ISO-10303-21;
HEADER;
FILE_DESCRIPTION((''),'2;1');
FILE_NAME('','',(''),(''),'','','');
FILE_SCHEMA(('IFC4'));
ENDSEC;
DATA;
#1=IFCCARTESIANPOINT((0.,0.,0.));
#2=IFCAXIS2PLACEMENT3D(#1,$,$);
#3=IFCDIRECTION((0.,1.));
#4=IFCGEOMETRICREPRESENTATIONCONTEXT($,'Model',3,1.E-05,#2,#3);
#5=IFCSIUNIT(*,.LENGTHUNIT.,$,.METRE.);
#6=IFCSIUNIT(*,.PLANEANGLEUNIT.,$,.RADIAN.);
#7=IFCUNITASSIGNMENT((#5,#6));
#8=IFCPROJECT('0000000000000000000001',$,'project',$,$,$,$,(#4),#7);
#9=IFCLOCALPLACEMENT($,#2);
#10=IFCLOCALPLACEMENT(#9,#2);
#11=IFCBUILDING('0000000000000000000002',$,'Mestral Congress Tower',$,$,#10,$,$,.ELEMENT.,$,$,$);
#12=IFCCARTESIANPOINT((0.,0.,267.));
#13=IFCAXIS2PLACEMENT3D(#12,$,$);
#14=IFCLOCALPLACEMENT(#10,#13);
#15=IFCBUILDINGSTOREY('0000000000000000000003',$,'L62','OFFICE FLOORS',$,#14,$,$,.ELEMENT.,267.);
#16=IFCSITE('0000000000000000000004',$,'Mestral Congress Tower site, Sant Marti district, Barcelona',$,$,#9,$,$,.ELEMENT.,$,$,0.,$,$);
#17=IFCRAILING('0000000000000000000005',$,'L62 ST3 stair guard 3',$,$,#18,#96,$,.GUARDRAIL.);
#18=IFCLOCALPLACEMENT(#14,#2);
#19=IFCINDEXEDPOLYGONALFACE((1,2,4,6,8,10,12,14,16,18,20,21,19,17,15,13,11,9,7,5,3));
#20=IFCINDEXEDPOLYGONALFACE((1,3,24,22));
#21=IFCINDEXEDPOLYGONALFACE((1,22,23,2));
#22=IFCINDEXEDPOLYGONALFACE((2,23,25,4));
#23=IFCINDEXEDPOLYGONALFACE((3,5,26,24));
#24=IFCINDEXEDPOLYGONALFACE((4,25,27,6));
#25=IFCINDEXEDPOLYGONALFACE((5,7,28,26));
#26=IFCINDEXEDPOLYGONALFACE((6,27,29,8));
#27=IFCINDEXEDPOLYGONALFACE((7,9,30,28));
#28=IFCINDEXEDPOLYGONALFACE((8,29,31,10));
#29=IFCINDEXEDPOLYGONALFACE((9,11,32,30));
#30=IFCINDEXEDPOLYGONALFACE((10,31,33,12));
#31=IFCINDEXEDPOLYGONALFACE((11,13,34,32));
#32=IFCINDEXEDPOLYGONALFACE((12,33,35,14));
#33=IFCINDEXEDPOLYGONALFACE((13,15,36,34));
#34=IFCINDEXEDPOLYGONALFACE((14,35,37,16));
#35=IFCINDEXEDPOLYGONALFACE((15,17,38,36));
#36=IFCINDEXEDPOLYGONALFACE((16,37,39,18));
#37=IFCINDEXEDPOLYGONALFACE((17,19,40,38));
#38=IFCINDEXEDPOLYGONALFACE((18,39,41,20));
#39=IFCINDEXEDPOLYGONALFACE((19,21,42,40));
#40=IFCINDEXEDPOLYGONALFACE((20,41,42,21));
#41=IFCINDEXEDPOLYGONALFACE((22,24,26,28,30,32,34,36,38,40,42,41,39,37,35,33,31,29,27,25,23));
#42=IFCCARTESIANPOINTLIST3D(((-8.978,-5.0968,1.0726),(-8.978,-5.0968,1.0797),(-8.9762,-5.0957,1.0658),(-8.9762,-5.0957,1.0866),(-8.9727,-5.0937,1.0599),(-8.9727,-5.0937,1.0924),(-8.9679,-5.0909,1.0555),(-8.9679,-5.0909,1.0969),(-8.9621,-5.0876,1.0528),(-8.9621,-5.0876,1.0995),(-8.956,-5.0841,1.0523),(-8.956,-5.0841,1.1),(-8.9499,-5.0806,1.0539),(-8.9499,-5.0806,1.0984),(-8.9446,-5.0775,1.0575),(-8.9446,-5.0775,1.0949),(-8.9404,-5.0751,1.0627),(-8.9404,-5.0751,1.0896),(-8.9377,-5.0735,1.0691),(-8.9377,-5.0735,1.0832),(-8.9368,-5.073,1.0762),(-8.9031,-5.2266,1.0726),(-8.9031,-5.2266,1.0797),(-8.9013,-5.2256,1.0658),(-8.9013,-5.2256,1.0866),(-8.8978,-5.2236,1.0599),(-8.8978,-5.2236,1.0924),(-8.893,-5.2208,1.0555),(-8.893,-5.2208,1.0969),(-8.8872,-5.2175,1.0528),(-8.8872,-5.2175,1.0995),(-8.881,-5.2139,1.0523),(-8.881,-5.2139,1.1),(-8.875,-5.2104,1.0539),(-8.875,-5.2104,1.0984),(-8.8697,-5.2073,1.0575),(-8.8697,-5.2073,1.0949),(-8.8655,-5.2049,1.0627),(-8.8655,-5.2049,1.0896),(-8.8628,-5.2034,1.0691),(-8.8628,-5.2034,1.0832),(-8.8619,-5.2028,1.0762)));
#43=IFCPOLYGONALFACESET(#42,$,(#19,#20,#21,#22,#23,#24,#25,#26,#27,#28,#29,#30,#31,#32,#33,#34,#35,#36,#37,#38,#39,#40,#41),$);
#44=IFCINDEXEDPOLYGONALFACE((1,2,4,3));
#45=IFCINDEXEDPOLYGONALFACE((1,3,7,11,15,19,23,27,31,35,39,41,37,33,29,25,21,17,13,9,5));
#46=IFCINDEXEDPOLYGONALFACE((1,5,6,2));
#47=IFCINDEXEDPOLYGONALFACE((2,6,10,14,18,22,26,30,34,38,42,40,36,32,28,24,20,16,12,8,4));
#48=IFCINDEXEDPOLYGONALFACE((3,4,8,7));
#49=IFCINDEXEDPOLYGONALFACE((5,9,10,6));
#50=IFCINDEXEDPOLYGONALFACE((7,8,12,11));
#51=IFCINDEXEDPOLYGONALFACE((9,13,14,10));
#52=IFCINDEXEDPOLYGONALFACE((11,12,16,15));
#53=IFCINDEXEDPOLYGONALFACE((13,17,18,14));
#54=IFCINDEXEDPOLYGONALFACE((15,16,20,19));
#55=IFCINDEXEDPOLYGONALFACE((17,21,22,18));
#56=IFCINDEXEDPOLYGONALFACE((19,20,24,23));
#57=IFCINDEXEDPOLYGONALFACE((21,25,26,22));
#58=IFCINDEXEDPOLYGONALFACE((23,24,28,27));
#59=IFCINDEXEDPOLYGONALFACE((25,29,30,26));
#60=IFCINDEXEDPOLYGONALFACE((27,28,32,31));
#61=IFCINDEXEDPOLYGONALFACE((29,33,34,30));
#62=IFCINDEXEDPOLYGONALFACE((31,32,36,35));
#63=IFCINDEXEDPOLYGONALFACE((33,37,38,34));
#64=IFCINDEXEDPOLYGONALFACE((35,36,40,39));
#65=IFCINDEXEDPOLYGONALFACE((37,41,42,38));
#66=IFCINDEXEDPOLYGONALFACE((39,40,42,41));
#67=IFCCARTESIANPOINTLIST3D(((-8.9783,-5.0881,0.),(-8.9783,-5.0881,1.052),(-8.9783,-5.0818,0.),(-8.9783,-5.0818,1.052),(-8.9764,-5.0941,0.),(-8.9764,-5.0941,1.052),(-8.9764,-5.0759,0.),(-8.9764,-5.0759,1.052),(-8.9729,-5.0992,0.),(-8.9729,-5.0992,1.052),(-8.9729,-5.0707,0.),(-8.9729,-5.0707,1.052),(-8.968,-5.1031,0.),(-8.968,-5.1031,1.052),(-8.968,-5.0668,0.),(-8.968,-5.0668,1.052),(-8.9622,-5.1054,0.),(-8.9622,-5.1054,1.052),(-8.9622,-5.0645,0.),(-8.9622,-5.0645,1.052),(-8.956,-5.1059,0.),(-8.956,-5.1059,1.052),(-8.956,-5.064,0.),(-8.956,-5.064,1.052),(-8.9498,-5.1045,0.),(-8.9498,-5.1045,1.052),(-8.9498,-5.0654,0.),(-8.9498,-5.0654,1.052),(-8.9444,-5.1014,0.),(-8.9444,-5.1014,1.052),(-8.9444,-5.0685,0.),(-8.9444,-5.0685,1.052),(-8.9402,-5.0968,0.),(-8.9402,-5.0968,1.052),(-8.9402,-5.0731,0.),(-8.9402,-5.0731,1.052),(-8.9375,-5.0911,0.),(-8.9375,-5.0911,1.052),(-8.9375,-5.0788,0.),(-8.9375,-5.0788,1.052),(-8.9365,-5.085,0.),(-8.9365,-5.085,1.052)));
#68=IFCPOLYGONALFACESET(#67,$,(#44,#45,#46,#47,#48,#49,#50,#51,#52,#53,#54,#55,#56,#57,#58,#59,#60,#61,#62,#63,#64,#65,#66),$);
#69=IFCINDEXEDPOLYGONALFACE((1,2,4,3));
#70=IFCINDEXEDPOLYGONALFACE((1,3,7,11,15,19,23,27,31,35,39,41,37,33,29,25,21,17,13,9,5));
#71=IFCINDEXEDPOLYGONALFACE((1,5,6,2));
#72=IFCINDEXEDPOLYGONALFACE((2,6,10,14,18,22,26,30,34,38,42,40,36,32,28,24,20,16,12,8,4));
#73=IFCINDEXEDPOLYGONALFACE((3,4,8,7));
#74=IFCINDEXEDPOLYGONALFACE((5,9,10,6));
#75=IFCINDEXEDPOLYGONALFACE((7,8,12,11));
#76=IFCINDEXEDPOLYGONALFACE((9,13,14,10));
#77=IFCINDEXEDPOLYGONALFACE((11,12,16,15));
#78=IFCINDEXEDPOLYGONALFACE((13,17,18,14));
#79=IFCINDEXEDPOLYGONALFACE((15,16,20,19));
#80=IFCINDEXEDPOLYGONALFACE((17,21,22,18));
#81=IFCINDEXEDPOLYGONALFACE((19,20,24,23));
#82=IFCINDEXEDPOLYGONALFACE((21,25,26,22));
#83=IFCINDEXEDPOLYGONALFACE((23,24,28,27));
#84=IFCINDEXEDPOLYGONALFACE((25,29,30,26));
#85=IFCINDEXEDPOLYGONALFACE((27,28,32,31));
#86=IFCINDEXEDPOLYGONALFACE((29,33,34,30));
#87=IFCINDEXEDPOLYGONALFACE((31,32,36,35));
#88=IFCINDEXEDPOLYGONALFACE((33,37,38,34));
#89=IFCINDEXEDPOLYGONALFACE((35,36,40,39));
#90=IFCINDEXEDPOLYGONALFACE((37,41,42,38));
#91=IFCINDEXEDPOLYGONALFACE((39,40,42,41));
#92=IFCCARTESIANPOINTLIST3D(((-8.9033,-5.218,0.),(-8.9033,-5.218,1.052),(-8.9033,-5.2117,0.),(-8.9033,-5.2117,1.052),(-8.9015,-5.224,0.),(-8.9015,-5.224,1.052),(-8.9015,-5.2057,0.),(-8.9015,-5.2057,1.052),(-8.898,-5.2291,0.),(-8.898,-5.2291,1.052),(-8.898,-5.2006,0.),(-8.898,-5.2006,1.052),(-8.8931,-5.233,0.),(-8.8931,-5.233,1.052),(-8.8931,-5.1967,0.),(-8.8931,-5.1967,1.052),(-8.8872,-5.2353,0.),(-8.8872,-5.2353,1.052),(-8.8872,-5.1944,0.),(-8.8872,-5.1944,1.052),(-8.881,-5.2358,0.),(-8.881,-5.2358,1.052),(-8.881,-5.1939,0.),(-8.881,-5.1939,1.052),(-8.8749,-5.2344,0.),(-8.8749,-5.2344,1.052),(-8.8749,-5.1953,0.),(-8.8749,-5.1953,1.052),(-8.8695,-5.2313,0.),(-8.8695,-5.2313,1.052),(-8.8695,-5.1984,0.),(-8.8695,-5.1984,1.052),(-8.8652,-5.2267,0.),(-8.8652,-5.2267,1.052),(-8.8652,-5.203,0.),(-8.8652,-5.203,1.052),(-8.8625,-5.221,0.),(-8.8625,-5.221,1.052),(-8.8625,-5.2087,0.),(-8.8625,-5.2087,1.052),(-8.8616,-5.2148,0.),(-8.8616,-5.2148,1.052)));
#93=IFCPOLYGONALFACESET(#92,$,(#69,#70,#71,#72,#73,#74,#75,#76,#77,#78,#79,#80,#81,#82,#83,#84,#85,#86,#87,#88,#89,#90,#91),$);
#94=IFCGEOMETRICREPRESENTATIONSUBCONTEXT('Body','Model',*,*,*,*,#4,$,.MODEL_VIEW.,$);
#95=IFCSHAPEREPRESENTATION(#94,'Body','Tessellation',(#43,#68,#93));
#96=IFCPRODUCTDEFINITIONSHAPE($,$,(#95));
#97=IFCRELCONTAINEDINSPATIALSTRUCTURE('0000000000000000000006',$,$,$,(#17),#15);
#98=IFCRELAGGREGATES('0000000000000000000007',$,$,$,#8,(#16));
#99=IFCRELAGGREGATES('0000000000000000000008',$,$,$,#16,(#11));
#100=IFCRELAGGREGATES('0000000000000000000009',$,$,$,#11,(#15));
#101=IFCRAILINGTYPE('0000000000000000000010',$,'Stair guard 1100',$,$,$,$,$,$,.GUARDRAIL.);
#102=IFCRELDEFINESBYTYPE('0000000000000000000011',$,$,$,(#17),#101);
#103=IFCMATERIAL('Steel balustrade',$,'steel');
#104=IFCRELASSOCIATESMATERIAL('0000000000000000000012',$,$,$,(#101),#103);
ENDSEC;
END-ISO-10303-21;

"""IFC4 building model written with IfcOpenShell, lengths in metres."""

from ifc_helpers import new_model, si_unit, direction, frame, origin, origin_2d, place, context, subcontext, project, spatial, circle, extrude, material, type_object, element, save


model = new_model("IFC4")

# Units and contexts
model_context = context("Model", 3, precision=1e-05, world=origin(), true_north=direction((0.0, 1.0)))
body_context = subcontext(model_context, "Body", "Model", "MODEL_VIEW")
ifc_project = project(units=[si_unit("LENGTHUNIT", "METRE"), si_unit("PLANEANGLEUNIT", "RADIAN")], contexts=[model_context])

# Site, building, storey
site_placement = place(None, origin())
site = spatial("IfcSite", under=ifc_project, at=site_placement, Name="Mestral Congress Tower site, Sant Marti district, Barcelona", CompositionType="ELEMENT", RefElevation=0.0)
building_placement = place(site_placement, origin())
building = spatial("IfcBuilding", under=site, at=building_placement, Name="Mestral Congress Tower", CompositionType="ELEMENT")
storey_placement = place(building_placement, frame((0.0, 0.0, 267.0)))
storey = spatial("IfcBuildingStorey", under=building, at=storey_placement, Name="L62", Description="OFFICE FLOORS", CompositionType="ELEMENT", Elevation=267.0)

# Railing
ifc_material_1 = material(Name="Steel balustrade", Category="steel")
railing_type_1 = type_object("IfcRailingType", Name="Stair guard 1100", PredefinedType="GUARDRAIL", material=ifc_material_1)
railing_1_placement = place(storey_placement, frame((-8.9575, -5.085, 0.0)))
element("IfcRailing", 1, at=railing_1_placement, inside=storey, type_object=railing_type_1, Name="L62 ST3 stair guard 3", PredefinedType="GUARDRAIL", context=body_context, shape_type="SweptSolid", body=[
    extrude(circle(Radius=0.0239, at=origin_2d()), frame((0.0, 0.0, 1.0762), z_axis=(0.499816, -0.866131, 0.0), x_axis=(0.866131, 0.499816, 0.0)), (0.0, 0.0, 1.0), 0.1499),
    extrude(circle(Radius=0.021, at=origin_2d()), origin(), (0.0, 0.0, 1.0), 1.052),
    extrude(circle(Radius=0.021, at=origin_2d()), frame((0.075, -0.1299, 0.0)), (0.0, 0.0, 1.0), 1.052),
])

save(model, "model.ifc")
